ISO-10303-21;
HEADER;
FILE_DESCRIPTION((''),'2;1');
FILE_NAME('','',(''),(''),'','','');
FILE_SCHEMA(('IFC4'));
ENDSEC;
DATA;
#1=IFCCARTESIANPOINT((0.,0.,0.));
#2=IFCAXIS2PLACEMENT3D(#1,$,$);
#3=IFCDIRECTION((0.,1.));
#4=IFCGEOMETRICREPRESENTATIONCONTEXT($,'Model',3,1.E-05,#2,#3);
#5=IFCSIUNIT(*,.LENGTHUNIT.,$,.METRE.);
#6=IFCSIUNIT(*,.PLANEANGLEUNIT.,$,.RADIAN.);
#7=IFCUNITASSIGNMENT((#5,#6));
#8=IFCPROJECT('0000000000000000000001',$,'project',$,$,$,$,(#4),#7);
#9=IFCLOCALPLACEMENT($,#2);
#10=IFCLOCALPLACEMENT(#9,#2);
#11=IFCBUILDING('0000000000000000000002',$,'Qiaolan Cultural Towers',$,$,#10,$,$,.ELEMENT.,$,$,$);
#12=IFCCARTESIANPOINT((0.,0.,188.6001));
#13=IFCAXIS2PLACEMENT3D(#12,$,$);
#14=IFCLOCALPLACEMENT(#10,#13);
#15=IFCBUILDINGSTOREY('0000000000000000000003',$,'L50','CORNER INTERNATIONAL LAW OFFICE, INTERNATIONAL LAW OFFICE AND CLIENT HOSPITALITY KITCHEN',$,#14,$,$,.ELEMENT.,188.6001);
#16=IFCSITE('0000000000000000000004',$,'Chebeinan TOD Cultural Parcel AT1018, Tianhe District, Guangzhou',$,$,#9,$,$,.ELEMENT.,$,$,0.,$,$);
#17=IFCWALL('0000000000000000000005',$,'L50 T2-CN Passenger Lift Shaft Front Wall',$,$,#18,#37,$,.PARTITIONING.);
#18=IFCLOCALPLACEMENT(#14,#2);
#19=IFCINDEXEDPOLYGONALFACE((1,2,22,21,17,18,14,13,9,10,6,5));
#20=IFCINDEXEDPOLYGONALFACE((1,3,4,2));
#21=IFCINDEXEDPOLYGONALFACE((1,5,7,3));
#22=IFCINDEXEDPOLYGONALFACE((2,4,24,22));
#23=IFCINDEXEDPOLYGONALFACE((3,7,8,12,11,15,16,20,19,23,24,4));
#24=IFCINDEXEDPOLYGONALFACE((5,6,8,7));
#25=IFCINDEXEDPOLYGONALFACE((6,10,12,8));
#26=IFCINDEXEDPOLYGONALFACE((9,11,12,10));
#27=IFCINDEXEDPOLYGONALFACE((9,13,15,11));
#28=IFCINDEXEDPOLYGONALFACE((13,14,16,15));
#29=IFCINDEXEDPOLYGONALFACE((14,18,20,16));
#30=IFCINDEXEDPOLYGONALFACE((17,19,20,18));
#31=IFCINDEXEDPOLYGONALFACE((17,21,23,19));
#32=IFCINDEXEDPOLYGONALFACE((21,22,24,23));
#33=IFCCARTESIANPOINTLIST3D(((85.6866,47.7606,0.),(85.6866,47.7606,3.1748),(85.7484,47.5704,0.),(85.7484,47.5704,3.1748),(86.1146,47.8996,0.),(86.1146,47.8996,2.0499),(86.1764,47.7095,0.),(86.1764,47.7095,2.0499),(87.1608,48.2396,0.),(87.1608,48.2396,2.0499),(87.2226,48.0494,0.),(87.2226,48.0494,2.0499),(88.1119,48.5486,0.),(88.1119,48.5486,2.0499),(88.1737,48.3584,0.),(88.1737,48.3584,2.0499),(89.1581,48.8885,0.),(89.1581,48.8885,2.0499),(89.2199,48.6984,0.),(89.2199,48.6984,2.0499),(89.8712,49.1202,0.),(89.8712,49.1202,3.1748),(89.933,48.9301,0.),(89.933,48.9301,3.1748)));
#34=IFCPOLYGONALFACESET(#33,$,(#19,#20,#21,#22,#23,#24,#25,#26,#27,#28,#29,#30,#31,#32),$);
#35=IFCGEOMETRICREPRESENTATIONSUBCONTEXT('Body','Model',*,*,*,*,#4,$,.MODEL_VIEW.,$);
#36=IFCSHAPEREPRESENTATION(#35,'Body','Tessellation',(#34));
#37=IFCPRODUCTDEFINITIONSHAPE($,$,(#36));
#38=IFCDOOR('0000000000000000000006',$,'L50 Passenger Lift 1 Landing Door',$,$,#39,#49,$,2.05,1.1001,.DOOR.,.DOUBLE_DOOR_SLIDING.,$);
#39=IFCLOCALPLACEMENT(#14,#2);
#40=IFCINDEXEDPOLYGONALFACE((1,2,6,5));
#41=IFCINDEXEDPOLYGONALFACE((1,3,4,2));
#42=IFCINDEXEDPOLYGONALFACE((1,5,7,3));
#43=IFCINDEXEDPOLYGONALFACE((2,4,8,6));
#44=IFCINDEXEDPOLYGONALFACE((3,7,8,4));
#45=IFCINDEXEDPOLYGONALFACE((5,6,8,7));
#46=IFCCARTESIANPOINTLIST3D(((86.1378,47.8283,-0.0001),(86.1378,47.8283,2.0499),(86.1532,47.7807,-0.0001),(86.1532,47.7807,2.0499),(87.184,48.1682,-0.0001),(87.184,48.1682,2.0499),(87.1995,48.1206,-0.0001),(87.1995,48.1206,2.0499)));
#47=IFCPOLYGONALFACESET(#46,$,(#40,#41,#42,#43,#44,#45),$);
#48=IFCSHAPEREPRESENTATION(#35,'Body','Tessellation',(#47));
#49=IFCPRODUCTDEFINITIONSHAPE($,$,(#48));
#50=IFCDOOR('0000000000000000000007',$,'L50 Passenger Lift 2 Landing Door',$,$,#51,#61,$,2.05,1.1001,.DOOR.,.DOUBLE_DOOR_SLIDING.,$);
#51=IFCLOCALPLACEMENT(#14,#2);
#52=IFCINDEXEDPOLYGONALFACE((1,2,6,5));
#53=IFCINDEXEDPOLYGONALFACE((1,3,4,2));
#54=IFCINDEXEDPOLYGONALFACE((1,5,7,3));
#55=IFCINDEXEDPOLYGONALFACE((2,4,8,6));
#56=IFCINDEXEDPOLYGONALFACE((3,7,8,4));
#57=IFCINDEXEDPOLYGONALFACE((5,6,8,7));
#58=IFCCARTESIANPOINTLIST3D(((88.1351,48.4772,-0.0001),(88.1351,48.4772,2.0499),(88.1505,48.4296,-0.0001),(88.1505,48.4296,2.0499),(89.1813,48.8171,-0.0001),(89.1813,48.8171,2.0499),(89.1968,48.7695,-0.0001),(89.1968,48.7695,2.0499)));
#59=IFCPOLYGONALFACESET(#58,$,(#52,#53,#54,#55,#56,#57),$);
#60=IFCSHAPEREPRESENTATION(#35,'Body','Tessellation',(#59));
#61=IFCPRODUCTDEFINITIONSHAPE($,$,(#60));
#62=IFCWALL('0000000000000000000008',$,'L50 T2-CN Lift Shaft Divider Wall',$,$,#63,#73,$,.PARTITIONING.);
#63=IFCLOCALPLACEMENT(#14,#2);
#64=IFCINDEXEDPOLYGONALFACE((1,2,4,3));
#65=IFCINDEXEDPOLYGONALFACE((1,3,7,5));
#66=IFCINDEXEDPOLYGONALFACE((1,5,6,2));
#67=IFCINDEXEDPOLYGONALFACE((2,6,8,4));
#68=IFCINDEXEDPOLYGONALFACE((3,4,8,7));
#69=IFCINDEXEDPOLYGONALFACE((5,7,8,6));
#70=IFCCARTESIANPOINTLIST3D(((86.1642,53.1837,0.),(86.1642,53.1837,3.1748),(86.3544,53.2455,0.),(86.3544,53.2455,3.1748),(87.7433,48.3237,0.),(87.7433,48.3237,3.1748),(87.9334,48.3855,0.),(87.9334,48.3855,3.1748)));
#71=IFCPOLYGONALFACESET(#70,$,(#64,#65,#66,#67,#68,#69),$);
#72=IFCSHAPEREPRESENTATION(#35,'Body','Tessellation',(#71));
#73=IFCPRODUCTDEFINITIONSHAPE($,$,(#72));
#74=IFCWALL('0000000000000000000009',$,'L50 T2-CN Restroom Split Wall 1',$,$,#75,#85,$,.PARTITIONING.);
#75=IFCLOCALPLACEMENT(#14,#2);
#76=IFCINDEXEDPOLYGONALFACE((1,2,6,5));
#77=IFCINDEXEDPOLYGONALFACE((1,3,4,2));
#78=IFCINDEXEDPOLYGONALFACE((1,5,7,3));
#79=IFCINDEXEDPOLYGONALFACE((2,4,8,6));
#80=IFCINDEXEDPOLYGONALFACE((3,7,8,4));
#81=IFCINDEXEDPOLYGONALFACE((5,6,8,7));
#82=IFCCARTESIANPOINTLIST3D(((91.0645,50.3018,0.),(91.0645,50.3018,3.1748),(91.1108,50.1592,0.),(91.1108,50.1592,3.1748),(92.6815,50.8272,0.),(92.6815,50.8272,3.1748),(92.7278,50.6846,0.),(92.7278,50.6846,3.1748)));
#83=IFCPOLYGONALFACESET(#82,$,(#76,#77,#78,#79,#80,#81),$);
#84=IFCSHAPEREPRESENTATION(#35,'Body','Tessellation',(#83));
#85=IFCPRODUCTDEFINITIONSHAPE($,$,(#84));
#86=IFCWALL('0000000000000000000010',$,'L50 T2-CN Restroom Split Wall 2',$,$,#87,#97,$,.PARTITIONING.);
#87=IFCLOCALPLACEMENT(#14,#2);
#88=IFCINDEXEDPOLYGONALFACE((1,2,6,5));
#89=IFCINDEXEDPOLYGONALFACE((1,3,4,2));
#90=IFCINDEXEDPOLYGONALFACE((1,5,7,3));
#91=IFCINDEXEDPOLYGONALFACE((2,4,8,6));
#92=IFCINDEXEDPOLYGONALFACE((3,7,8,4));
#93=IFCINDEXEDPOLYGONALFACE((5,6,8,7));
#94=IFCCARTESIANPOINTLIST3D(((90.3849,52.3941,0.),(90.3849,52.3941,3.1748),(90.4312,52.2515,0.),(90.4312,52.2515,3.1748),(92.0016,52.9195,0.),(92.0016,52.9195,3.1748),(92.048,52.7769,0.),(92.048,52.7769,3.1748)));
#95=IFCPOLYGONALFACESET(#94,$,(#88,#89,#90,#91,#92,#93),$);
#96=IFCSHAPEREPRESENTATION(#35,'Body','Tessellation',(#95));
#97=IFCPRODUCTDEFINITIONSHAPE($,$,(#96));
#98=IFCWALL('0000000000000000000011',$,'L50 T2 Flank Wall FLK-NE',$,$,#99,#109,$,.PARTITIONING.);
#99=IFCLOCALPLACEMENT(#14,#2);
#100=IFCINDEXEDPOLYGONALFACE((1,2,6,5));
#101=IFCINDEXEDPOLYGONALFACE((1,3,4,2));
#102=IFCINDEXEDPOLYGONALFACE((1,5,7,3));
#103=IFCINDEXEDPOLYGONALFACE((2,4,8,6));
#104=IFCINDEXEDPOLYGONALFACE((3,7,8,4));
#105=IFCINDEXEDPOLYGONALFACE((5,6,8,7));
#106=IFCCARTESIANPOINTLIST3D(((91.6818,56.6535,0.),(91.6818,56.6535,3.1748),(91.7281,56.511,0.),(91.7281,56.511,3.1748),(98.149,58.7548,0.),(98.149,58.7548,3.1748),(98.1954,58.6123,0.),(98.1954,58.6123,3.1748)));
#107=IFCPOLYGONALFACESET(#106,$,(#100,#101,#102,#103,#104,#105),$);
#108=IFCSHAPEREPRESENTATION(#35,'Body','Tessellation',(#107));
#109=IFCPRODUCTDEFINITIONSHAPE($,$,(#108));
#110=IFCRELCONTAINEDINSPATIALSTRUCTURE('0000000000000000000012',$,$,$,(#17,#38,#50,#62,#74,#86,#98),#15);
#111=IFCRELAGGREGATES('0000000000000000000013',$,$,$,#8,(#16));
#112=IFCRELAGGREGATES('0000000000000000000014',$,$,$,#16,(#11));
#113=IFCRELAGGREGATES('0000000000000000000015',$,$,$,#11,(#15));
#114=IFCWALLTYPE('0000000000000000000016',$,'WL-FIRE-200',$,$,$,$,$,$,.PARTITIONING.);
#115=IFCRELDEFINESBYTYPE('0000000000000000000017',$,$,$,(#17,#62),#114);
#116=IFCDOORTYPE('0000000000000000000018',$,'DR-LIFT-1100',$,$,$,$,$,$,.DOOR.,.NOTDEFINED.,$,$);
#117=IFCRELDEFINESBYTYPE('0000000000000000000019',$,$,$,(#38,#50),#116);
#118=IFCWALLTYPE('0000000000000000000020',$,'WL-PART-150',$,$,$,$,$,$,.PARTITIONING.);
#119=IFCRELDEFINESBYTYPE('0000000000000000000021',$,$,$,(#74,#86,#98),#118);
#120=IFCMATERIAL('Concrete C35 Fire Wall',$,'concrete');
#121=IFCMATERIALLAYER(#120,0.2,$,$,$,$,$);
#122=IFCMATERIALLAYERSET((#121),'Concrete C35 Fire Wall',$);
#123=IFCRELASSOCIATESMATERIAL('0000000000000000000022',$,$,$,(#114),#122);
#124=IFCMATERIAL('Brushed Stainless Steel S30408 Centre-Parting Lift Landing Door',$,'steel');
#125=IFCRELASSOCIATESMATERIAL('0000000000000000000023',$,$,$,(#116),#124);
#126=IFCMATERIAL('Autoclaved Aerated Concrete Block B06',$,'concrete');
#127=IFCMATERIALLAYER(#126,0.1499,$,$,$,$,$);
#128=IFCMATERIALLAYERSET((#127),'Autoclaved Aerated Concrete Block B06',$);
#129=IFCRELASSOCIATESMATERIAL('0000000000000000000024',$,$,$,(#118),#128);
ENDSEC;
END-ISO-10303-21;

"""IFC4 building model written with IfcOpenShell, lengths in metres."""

from ifc_helpers import new_model, si_unit, direction, frame, frame_2d, origin, place, context, subcontext, project, spatial, rectangle, extrude, material, layer, layer_set, type_object, element, fill, save


model = new_model("IFC4")

# Units and contexts
model_context = context("Model", 3, precision=1e-05, world=origin(), true_north=direction((0.0, 1.0)))
body_context = subcontext(model_context, "Body", "Model", "MODEL_VIEW")
ifc_project = project(units=[si_unit("LENGTHUNIT", "METRE"), si_unit("PLANEANGLEUNIT", "RADIAN")], contexts=[model_context])

# Site, building, storey
site_placement = place(None, origin())
site = spatial("IfcSite", under=ifc_project, at=site_placement, Name="Chebeinan TOD Cultural Parcel AT1018, Tianhe District, Guangzhou", CompositionType="ELEMENT", RefElevation=0.0)
building_placement = place(site_placement, origin())
building = spatial("IfcBuilding", under=site, at=building_placement, Name="Qiaolan Cultural Towers", CompositionType="ELEMENT")
storey_placement = place(building_placement, frame((0.0, 0.0, 188.6001)))
storey = spatial("IfcBuildingStorey", under=building, at=storey_placement, Name="L50", Description="CORNER INTERNATIONAL LAW OFFICE, INTERNATIONAL LAW OFFICE AND CLIENT HOSPITALITY KITCHEN", CompositionType="ELEMENT", Elevation=188.6001)

# Wall, openings, doors
ifc_material_1 = material(Name="Concrete C35 Fire Wall", Category="concrete")
ifc_layer_1 = layer(ifc_material_1, 0.2)
ifc_layer_set_1 = layer_set([ifc_layer_1], Name="Concrete C35 Fire Wall")
wall_type_1 = type_object("IfcWallType", Name="WL-FIRE-200", PredefinedType="PARTITIONING", material=ifc_layer_set_1)
wall_1_placement = place(storey_placement, frame((85.7175, 47.6655, 0.0), z_axis=(0.0, 0.0, 1.0), x_axis=(0.951059, 0.309011, 0.0)))
wall_1 = element("IfcWall", 1, at=wall_1_placement, inside=storey, type_object=wall_type_1, Name="L50 T2-CN Passenger Lift Shaft Front Wall", PredefinedType="PARTITIONING", context=body_context, shape_type="SweptSolid", body=[
    extrude(rectangle(XDim=4.3999, YDim=0.2, at=frame_2d((2.2, 0.0))), origin(), (0.0, 0.0, 1.0), 3.1748),
])
opening_1_placement = place(wall_1_placement, frame((0.45, 0.0, 0.0)))
opening_1 = element("IfcOpeningElement", 2, at=opening_1_placement, cuts=wall_1, PredefinedType="OPENING", context=body_context, shape_type="SweptSolid", body=[
    extrude(rectangle(XDim=1.1001, YDim=2.05, at=frame_2d((0.55, 1.0249))), frame((0.0, 0.1099, 0.0), z_axis=(0.0, -1.0, 0.0), x_axis=(1.0, 0.0, 0.0)), (0.0, 0.0, 1.0), 0.22),
])
opening_2_placement = place(wall_1_placement, frame((2.55, 0.0, 0.0)))
opening_2 = element("IfcOpeningElement", 3, at=opening_2_placement, cuts=wall_1, PredefinedType="OPENING", context=body_context, shape_type="SweptSolid", body=[
    extrude(rectangle(XDim=1.1001, YDim=2.05, at=frame_2d((0.55, 1.0249))), frame((0.0, 0.1099, 0.0), z_axis=(0.0, -1.0, 0.0), x_axis=(1.0, 0.0, 0.0)), (0.0, 0.0, 1.0), 0.22),
])
ifc_material_2 = material(Name="Brushed Stainless Steel S30408 Centre-Parting Lift Landing Door", Category="steel")
door_type_1 = type_object("IfcDoorType", Name="DR-LIFT-1100", OperationType="NOTDEFINED", PredefinedType="DOOR", material=ifc_material_2)
door_1_placement = place(opening_1_placement, origin())
door_1 = element("IfcDoor", 4, at=door_1_placement, inside=storey, type_object=door_type_1, Name="L50 Passenger Lift 1 Landing Door", OperationType="DOUBLE_DOOR_SLIDING", OverallHeight=2.05, OverallWidth=1.1001, PredefinedType="DOOR", context=body_context, shape_type="SweptSolid", body=[
    extrude(rectangle(XDim=1.1001, YDim=2.05, at=frame_2d((0.55, 1.0249))), frame((0.0, 0.0249, 0.0), z_axis=(0.0, -1.0, 0.0), x_axis=(1.0, 0.0, 0.0)), (0.0, 0.0, 1.0), 0.05),
])
fill(opening_1, door_1)
door_2_placement = place(opening_2_placement, origin())
door_2 = element("IfcDoor", 5, at=door_2_placement, inside=storey, type_object=door_type_1, Name="L50 Passenger Lift 2 Landing Door", OperationType="DOUBLE_DOOR_SLIDING", OverallHeight=2.05, OverallWidth=1.1001, PredefinedType="DOOR", context=body_context, shape_type="SweptSolid", body=[
    extrude(rectangle(XDim=1.1001, YDim=2.05, at=frame_2d((0.55, 1.0249))), frame((0.0, 0.0249, 0.0), z_axis=(0.0, -1.0, 0.0), x_axis=(1.0, 0.0, 0.0)), (0.0, 0.0, 1.0), 0.05),
])
fill(opening_2, door_2)

# Walls
wall_2_placement = place(storey_placement, frame((87.8384, 48.3545, 0.0), z_axis=(0.0, 0.0, 1.0), x_axis=(-0.309009, 0.951059, 0.0)))
element("IfcWall", 6, at=wall_2_placement, inside=storey, type_object=wall_type_1, Name="L50 T2-CN Lift Shaft Divider Wall", PredefinedType="PARTITIONING", context=body_context, shape_type="SweptSolid", body=[
    extrude(rectangle(XDim=5.1101, YDim=0.2, at=frame_2d((2.5552, 0.0))), origin(), (0.0, 0.0, 1.0), 3.1748),
])
ifc_material_3 = material(Name="Autoclaved Aerated Concrete Block B06", Category="concrete")
ifc_layer_2 = layer(ifc_material_3, 0.1499)
ifc_layer_set_2 = layer_set([ifc_layer_2], Name="Autoclaved Aerated Concrete Block B06")
wall_type_2 = type_object("IfcWallType", Name="WL-PART-150", PredefinedType="PARTITIONING", material=ifc_layer_set_2)
wall_3_placement = place(storey_placement, frame((91.0876, 50.2305, 0.0), z_axis=(0.0, 0.0, 1.0), x_axis=(0.951054, 0.309024, 0.0)))
element("IfcWall", 7, at=wall_3_placement, inside=storey, type_object=wall_type_2, Name="L50 T2-CN Restroom Split Wall 1", PredefinedType="PARTITIONING", context=body_context, shape_type="SweptSolid", body=[
    extrude(rectangle(XDim=1.7002, YDim=0.1499, at=frame_2d((0.8501, 0.0))), origin(), (0.0, 0.0, 1.0), 3.1748),
])
wall_4_placement = place(storey_placement, frame((90.408, 52.3228, 0.0), z_axis=(0.0, 0.0, 1.0), x_axis=(0.95104, 0.309067, 0.0)))
element("IfcWall", 8, at=wall_4_placement, inside=storey, type_object=wall_type_2, Name="L50 T2-CN Restroom Split Wall 2", PredefinedType="PARTITIONING", context=body_context, shape_type="SweptSolid", body=[
    extrude(rectangle(XDim=1.7, YDim=0.1499, at=frame_2d((0.8501, 0.0))), origin(), (0.0, 0.0, 1.0), 3.1748),
])
wall_5_placement = place(storey_placement, frame((91.7051, 56.5823, 0.0), z_axis=(0.0, 0.0, 1.0), x_axis=(0.951058, 0.309013, 0.0)))
element("IfcWall", 9, at=wall_5_placement, inside=storey, type_object=wall_type_2, Name="L50 T2 Flank Wall FLK-NE", PredefinedType="PARTITIONING", context=body_context, shape_type="SweptSolid", body=[
    extrude(rectangle(XDim=6.8, YDim=0.1499, at=frame_2d((3.3999, 0.0))), origin(), (0.0, 0.0, 1.0), 3.1748),
])

save(model, "model.ifc")
